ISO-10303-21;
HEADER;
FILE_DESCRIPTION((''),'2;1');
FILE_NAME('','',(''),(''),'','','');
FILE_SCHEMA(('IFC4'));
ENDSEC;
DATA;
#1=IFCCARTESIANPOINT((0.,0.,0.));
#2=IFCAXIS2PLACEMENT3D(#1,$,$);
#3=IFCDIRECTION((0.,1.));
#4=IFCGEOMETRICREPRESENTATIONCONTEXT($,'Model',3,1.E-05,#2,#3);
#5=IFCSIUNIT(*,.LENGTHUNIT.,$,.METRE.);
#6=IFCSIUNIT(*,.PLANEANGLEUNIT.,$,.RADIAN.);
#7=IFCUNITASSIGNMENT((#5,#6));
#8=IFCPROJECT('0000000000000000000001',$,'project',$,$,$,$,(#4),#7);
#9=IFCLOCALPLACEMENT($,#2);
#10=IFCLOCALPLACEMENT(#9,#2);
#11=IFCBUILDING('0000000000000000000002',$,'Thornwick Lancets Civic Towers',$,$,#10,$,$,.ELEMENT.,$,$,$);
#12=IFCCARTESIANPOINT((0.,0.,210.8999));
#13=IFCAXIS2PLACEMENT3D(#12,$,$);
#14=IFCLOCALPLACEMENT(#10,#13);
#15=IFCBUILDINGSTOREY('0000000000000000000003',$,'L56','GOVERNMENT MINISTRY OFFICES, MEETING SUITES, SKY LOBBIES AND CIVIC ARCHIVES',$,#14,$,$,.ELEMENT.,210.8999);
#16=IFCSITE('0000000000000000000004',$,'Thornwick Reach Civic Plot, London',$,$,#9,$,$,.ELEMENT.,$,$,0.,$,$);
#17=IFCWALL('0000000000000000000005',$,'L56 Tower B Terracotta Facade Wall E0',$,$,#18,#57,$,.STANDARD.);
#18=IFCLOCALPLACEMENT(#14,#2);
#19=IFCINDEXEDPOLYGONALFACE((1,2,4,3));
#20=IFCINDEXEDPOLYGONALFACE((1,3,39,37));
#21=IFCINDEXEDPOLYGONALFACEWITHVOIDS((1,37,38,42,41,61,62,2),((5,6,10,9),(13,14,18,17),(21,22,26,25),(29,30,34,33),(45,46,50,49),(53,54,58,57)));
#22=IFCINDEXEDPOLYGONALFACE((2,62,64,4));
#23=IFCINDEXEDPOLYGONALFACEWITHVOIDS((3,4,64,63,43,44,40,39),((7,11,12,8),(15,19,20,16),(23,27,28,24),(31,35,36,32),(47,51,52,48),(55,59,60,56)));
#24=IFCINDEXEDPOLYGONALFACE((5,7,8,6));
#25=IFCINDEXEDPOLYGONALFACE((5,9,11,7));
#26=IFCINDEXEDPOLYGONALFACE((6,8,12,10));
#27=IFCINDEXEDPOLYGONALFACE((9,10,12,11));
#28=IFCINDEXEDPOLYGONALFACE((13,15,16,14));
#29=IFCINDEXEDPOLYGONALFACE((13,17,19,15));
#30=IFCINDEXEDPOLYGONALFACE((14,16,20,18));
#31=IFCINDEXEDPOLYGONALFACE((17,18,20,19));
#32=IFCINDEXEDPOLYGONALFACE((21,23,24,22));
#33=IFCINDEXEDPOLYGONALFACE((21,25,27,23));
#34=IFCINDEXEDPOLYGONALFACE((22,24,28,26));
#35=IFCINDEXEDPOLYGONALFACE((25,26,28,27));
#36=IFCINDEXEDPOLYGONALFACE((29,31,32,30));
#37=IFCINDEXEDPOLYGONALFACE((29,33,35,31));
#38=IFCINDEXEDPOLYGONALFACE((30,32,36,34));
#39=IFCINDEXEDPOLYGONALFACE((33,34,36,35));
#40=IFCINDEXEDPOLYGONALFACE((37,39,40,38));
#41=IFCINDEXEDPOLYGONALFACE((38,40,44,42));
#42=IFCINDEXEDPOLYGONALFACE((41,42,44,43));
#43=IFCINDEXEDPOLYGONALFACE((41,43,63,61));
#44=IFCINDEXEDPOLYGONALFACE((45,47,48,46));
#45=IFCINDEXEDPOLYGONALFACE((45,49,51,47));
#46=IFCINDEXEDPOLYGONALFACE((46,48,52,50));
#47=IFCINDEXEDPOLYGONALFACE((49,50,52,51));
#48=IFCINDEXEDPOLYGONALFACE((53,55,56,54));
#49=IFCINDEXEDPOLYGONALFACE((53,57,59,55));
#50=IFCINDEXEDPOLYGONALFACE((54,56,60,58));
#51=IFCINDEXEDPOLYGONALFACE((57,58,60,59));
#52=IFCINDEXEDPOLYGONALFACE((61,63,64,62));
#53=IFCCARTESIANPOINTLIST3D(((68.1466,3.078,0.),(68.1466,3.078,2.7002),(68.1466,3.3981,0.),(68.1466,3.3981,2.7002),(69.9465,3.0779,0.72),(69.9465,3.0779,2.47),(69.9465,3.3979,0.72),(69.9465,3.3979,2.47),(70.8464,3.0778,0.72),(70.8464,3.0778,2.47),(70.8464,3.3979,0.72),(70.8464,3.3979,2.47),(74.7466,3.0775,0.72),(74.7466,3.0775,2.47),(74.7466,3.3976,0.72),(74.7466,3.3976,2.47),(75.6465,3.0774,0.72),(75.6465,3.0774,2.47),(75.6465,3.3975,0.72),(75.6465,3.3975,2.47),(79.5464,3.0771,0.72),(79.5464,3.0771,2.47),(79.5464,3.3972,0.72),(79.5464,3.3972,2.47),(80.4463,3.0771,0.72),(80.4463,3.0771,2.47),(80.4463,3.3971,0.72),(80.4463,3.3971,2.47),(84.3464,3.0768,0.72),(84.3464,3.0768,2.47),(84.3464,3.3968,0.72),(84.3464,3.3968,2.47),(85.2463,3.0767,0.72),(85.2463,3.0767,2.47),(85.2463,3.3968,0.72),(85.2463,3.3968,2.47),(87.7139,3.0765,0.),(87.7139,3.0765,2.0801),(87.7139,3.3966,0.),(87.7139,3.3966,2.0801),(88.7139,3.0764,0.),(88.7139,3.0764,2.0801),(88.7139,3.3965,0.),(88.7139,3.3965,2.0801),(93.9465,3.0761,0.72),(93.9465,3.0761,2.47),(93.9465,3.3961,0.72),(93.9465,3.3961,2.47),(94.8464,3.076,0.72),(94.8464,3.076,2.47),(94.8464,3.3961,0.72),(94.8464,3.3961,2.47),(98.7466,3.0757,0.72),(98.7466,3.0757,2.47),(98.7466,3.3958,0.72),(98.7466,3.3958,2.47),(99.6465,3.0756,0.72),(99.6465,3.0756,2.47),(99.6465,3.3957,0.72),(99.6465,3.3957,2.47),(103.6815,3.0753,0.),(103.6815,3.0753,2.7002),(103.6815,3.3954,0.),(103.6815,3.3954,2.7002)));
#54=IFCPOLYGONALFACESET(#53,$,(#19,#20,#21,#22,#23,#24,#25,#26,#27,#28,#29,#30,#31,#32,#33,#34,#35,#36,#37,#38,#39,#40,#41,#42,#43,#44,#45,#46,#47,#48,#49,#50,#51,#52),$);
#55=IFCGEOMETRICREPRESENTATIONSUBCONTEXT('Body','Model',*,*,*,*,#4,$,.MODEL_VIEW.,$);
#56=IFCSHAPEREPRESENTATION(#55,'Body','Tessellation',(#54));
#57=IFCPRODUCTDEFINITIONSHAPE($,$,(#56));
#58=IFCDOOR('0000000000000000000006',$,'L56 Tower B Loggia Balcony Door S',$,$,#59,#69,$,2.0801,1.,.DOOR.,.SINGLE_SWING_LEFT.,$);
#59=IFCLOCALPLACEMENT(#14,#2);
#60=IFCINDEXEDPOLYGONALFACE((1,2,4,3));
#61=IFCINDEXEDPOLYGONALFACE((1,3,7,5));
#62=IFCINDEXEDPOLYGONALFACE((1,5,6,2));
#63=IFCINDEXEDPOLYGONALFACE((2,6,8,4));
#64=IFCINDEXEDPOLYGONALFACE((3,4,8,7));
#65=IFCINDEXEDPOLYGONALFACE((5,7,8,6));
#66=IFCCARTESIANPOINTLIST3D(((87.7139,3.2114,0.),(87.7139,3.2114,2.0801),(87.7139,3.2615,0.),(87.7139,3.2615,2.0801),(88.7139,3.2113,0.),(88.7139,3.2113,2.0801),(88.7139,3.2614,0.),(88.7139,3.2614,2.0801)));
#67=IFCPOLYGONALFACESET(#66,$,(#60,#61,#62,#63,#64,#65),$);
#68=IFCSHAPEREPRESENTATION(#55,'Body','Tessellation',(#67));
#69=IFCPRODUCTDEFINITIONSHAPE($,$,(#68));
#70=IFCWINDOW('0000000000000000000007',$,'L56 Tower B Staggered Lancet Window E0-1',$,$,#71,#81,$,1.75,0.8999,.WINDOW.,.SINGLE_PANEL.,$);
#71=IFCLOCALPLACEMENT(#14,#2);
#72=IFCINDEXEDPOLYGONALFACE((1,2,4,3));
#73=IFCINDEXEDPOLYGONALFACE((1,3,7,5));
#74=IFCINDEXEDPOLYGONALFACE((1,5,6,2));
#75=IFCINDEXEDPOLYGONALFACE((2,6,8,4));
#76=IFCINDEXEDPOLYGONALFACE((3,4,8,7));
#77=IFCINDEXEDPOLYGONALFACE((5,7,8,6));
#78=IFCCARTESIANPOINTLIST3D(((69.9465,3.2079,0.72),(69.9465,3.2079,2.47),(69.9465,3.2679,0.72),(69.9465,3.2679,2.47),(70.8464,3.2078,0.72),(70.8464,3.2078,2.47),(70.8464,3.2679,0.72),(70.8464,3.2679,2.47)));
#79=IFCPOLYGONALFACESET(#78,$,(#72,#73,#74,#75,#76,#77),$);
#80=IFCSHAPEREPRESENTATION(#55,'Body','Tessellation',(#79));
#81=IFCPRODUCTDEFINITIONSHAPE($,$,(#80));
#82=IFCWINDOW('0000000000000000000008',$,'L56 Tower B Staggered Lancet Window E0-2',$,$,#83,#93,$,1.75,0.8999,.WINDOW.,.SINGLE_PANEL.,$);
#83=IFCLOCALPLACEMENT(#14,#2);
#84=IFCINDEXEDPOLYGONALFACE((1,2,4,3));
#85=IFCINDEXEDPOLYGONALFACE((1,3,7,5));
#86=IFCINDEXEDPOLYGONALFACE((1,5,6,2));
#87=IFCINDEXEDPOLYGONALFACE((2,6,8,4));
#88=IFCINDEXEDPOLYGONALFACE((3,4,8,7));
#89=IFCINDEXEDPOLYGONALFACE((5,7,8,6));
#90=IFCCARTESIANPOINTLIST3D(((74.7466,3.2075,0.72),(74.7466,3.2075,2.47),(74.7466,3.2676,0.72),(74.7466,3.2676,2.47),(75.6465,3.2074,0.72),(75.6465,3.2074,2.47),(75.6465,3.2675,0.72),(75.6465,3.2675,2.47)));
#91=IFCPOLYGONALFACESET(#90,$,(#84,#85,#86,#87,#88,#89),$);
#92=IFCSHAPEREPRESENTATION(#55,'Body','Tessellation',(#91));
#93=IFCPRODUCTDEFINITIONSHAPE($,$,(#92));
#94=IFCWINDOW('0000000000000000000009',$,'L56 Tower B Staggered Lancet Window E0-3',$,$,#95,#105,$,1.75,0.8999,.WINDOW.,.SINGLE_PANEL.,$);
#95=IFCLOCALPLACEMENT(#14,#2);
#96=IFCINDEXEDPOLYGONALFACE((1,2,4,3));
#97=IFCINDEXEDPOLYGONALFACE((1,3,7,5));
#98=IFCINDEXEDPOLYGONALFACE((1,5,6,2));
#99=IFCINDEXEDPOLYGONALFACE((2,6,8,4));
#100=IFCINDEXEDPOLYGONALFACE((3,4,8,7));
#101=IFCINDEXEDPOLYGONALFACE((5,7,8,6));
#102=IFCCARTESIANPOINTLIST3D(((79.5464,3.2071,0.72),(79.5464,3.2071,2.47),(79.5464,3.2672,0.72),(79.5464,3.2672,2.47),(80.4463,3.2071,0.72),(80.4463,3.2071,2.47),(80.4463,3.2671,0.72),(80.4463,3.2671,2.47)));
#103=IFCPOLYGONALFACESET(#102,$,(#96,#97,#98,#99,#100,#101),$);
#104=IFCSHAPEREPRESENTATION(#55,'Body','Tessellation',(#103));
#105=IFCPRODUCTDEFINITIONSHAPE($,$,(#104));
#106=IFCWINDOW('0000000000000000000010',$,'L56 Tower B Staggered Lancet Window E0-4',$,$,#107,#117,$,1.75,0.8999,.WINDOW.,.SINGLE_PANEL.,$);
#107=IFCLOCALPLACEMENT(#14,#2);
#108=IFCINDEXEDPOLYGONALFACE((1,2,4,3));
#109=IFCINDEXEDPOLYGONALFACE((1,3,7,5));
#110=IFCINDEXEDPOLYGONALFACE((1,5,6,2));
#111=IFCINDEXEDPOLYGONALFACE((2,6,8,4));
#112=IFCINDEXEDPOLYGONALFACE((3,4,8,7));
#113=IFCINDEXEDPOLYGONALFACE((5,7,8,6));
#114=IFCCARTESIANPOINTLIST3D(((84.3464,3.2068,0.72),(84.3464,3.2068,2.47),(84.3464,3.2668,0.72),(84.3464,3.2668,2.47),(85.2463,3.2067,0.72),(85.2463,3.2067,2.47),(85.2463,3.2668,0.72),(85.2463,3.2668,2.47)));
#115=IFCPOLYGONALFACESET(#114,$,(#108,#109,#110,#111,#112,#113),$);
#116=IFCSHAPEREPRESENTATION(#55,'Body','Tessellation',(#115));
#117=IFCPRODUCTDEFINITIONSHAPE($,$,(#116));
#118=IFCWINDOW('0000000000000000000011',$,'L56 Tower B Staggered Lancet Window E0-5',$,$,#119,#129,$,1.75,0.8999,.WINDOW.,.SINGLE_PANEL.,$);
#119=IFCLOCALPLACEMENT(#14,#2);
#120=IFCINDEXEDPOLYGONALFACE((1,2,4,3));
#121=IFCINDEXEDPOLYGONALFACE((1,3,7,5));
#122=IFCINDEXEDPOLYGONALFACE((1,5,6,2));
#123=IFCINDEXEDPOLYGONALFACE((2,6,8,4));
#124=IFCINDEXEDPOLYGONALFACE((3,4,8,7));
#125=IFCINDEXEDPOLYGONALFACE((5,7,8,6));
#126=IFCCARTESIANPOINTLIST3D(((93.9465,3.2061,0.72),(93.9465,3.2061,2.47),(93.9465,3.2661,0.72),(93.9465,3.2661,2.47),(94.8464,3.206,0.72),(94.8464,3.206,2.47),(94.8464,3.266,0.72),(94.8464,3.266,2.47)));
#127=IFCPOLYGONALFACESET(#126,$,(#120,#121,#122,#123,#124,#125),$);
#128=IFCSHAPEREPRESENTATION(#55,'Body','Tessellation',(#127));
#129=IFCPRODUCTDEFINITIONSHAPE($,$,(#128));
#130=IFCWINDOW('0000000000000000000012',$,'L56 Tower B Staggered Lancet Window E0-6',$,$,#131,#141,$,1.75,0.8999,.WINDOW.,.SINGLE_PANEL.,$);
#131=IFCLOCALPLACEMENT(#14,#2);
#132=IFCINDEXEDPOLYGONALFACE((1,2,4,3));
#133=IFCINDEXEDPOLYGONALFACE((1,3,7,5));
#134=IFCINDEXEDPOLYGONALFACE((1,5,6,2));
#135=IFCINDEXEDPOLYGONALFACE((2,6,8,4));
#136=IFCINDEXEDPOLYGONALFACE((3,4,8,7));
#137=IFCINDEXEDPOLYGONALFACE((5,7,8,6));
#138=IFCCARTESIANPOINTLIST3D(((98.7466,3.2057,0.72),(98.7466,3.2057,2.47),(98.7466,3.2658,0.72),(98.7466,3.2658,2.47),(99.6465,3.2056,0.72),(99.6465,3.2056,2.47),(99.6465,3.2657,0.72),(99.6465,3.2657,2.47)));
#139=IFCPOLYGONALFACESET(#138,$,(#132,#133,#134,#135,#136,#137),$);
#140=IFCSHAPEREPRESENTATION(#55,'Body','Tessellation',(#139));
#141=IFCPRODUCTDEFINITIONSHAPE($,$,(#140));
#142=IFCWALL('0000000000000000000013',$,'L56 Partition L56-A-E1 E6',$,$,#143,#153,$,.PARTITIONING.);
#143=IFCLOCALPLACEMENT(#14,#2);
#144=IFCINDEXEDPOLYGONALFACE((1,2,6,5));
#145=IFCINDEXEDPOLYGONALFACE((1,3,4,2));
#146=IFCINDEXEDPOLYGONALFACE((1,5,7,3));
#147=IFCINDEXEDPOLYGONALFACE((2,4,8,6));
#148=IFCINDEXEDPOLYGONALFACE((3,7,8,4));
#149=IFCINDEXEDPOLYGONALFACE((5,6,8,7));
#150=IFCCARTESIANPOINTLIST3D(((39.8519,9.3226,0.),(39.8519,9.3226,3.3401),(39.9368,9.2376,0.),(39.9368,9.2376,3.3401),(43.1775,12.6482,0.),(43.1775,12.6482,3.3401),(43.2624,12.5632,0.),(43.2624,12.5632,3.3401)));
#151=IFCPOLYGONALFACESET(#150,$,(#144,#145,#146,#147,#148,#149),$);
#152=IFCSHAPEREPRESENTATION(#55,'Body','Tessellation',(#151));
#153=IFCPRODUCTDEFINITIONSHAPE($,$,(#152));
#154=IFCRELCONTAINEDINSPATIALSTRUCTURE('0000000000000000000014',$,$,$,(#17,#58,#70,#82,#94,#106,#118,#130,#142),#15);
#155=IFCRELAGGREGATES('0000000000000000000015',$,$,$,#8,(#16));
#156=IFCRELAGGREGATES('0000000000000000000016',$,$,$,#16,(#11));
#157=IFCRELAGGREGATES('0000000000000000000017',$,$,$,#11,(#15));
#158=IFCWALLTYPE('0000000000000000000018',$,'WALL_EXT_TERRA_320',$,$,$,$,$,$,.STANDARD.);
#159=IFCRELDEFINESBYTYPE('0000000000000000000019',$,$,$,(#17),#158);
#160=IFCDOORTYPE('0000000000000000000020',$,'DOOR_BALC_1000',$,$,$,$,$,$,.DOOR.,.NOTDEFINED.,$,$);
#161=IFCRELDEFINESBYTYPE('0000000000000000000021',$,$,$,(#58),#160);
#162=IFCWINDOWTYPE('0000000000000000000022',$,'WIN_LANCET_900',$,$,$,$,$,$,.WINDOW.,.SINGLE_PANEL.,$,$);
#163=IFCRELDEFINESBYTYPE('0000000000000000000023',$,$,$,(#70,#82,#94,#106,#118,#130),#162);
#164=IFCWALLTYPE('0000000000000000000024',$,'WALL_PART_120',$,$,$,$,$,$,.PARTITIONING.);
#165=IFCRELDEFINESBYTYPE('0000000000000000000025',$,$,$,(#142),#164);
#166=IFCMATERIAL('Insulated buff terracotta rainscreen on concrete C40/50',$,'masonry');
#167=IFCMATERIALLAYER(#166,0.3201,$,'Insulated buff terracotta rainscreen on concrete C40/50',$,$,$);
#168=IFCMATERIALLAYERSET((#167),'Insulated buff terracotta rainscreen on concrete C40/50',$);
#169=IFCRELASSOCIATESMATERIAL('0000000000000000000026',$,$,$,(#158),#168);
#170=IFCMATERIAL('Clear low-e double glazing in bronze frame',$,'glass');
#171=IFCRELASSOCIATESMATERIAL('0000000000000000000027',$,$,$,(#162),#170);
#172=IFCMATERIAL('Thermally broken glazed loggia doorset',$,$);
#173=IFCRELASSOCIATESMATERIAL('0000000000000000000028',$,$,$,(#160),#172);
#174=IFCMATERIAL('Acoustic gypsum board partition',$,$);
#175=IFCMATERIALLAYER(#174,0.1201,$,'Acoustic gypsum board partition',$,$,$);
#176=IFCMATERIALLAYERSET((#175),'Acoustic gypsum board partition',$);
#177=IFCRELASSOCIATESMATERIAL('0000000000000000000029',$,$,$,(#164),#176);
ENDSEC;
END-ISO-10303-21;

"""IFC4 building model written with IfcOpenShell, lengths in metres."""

from ifc_helpers import new_model, si_unit, direction, frame, frame_2d, origin, place, context, subcontext, project, spatial, rectangle, extrude, material, layer, layer_set, type_object, element, fill, save


model = new_model("IFC4")

# Units and contexts
model_context = context("Model", 3, precision=1e-05, world=origin(), true_north=direction((0.0, 1.0)))
body_context = subcontext(model_context, "Body", "Model", "MODEL_VIEW")
ifc_project = project(units=[si_unit("LENGTHUNIT", "METRE"), si_unit("PLANEANGLEUNIT", "RADIAN")], contexts=[model_context])

# Site, building, storey
site_placement = place(None, origin())
site = spatial("IfcSite", under=ifc_project, at=site_placement, Name="Thornwick Reach Civic Plot, London", CompositionType="ELEMENT", RefElevation=0.0)
building_placement = place(site_placement, origin())
building = spatial("IfcBuilding", under=site, at=building_placement, Name="Thornwick Lancets Civic Towers", CompositionType="ELEMENT")
storey_placement = place(building_placement, frame((0.0, 0.0, 210.8999)))
storey = spatial("IfcBuildingStorey", under=building, at=storey_placement, Name="L56", Description="GOVERNMENT MINISTRY OFFICES, MEETING SUITES, SKY LOBBIES AND CIVIC ARCHIVES", CompositionType="ELEMENT", Elevation=210.8999)

# Shared definitions
ifc_material_1 = material(Name="Insulated buff terracotta rainscreen on concrete C40/50", Category="masonry")
ifc_layer_1 = layer(ifc_material_1, 0.3201, Name="Insulated buff terracotta rainscreen on concrete C40/50")
ifc_layer_set_1 = layer_set([ifc_layer_1], Name="Insulated buff terracotta rainscreen on concrete C40/50")
wall_type_1 = type_object("IfcWallType", Name="WALL_EXT_TERRA_320", PredefinedType="STANDARD", material=ifc_layer_set_1)
ifc_material_2 = material(Name="Clear low-e double glazing in bronze frame", Category="glass")
window_type = type_object("IfcWindowType", Name="WIN_LANCET_900", PartitioningType="SINGLE_PANEL", PredefinedType="WINDOW", material=ifc_material_2)

# Wall, openings, door, windows
wall_1_placement = place(storey_placement, frame((68.1465, 3.238, 0.0), z_axis=(0.0, 0.0, 1.0), x_axis=(1.0, -0.000076, 0.0)))
wall_1 = element("IfcWall", 1, at=wall_1_placement, inside=storey, type_object=wall_type_1, Name="L56 Tower B Terracotta Facade Wall E0", PredefinedType="STANDARD", context=body_context, shape_type="SweptSolid", body=[
    extrude(rectangle(XDim=35.5349, YDim=0.3201, at=frame_2d((17.7676, 0.0))), origin(), (0.0, 0.0, 1.0), 2.7002),
])
opening_1_placement = place(wall_1_placement, frame((19.5674, 0.0, 0.0)))
opening_1 = element("IfcOpeningElement", 2, at=opening_1_placement, cuts=wall_1, PredefinedType="OPENING", context=body_context, shape_type="SweptSolid", body=[
    extrude(rectangle(XDim=1.0, YDim=2.0801, at=frame_2d((0.5, 1.04))), frame((0.0, 0.1699, 0.0), z_axis=(0.0, -1.0, 0.0), x_axis=(1.0, 0.0, 0.0)), (0.0, 0.0, 1.0), 0.3401),
])
opening_2_placement = place(wall_1_placement, frame((1.8, 0.0, 0.72)))
opening_2 = element("IfcOpeningElement", 3, at=opening_2_placement, cuts=wall_1, PredefinedType="OPENING", context=body_context, shape_type="SweptSolid", body=[
    extrude(rectangle(XDim=0.8999, YDim=1.75, at=frame_2d((0.45, 0.875))), frame((0.0, 0.1699, 0.0), z_axis=(0.0, -1.0, 0.0), x_axis=(1.0, 0.0, 0.0)), (0.0, 0.0, 1.0), 0.3401),
])
opening_3_placement = place(wall_1_placement, frame((6.6001, 0.0, 0.72)))
opening_3 = element("IfcOpeningElement", 4, at=opening_3_placement, cuts=wall_1, PredefinedType="OPENING", context=body_context, shape_type="SweptSolid", body=[
    extrude(rectangle(XDim=0.8999, YDim=1.75, at=frame_2d((0.45, 0.875))), frame((0.0, 0.1699, 0.0), z_axis=(0.0, -1.0, 0.0), x_axis=(1.0, 0.0, 0.0)), (0.0, 0.0, 1.0), 0.3401),
])
opening_4_placement = place(wall_1_placement, frame((11.3999, 0.0, 0.72)))
opening_4 = element("IfcOpeningElement", 5, at=opening_4_placement, cuts=wall_1, PredefinedType="OPENING", context=body_context, shape_type="SweptSolid", body=[
    extrude(rectangle(XDim=0.8999, YDim=1.75, at=frame_2d((0.45, 0.875))), frame((0.0, 0.1699, 0.0), z_axis=(0.0, -1.0, 0.0), x_axis=(1.0, 0.0, 0.0)), (0.0, 0.0, 1.0), 0.3401),
])
opening_5_placement = place(wall_1_placement, frame((16.2, 0.0, 0.72)))
opening_5 = element("IfcOpeningElement", 6, at=opening_5_placement, cuts=wall_1, PredefinedType="OPENING", context=body_context, shape_type="SweptSolid", body=[
    extrude(rectangle(XDim=0.8999, YDim=1.75, at=frame_2d((0.45, 0.875))), frame((0.0, 0.1699, 0.0), z_axis=(0.0, -1.0, 0.0), x_axis=(1.0, 0.0, 0.0)), (0.0, 0.0, 1.0), 0.3401),
])
opening_6_placement = place(wall_1_placement, frame((25.8, 0.0, 0.72)))
opening_6 = element("IfcOpeningElement", 7, at=opening_6_placement, cuts=wall_1, PredefinedType="OPENING", context=body_context, shape_type="SweptSolid", body=[
    extrude(rectangle(XDim=0.8999, YDim=1.75, at=frame_2d((0.45, 0.875))), frame((0.0, 0.1699, 0.0), z_axis=(0.0, -1.0, 0.0), x_axis=(1.0, 0.0, 0.0)), (0.0, 0.0, 1.0), 0.3401),
])
opening_7_placement = place(wall_1_placement, frame((30.6001, 0.0, 0.72)))
opening_7 = element("IfcOpeningElement", 8, at=opening_7_placement, cuts=wall_1, PredefinedType="OPENING", context=body_context, shape_type="SweptSolid", body=[
    extrude(rectangle(XDim=0.8999, YDim=1.75, at=frame_2d((0.45, 0.875))), frame((0.0, 0.1699, 0.0), z_axis=(0.0, -1.0, 0.0), x_axis=(1.0, 0.0, 0.0)), (0.0, 0.0, 1.0), 0.3401),
])
ifc_material_3 = material(Name="Thermally broken glazed loggia doorset")
door_type = type_object("IfcDoorType", Name="DOOR_BALC_1000", OperationType="NOTDEFINED", PredefinedType="DOOR", material=ifc_material_3)
door_placement = place(opening_1_placement, origin())
door = element("IfcDoor", 9, at=door_placement, inside=storey, type_object=door_type, Name="L56 Tower B Loggia Balcony Door S", OperationType="SINGLE_SWING_LEFT", OverallHeight=2.0801, OverallWidth=1.0, PredefinedType="DOOR", context=body_context, shape_type="SweptSolid", body=[
    extrude(rectangle(XDim=1.0, YDim=2.0801, at=frame_2d((0.5, 1.04))), frame((0.0, 0.0249, 0.0), z_axis=(0.0, -1.0, 0.0), x_axis=(1.0, 0.0, 0.0)), (0.0, 0.0, 1.0), 0.05),
])
fill(opening_1, door)
window_1_placement = place(opening_2_placement, origin())
window_1 = element("IfcWindow", 10, at=window_1_placement, inside=storey, type_object=window_type, Name="L56 Tower B Staggered Lancet Window E0-1", OverallHeight=1.75, OverallWidth=0.8999, PartitioningType="SINGLE_PANEL", PredefinedType="WINDOW", context=body_context, shape_type="SweptSolid", body=[
    extrude(rectangle(XDim=0.8999, YDim=1.75, at=frame_2d((0.45, 0.875))), frame((0.0, 0.03, 0.0), z_axis=(0.0, -1.0, 0.0), x_axis=(1.0, 0.0, 0.0)), (0.0, 0.0, 1.0), 0.0601),
])
fill(opening_2, window_1)
window_2_placement = place(opening_3_placement, origin())
window_2 = element("IfcWindow", 11, at=window_2_placement, inside=storey, type_object=window_type, Name="L56 Tower B Staggered Lancet Window E0-2", OverallHeight=1.75, OverallWidth=0.8999, PartitioningType="SINGLE_PANEL", PredefinedType="WINDOW", context=body_context, shape_type="SweptSolid", body=[
    extrude(rectangle(XDim=0.8999, YDim=1.75, at=frame_2d((0.45, 0.875))), frame((0.0, 0.03, 0.0), z_axis=(0.0, -1.0, 0.0), x_axis=(1.0, 0.0, 0.0)), (0.0, 0.0, 1.0), 0.0601),
])
fill(opening_3, window_2)
window_3_placement = place(opening_4_placement, origin())
window_3 = element("IfcWindow", 12, at=window_3_placement, inside=storey, type_object=window_type, Name="L56 Tower B Staggered Lancet Window E0-3", OverallHeight=1.75, OverallWidth=0.8999, PartitioningType="SINGLE_PANEL", PredefinedType="WINDOW", context=body_context, shape_type="SweptSolid", body=[
    extrude(rectangle(XDim=0.8999, YDim=1.75, at=frame_2d((0.45, 0.875))), frame((0.0, 0.03, 0.0), z_axis=(0.0, -1.0, 0.0), x_axis=(1.0, 0.0, 0.0)), (0.0, 0.0, 1.0), 0.0601),
])
fill(opening_4, window_3)
window_4_placement = place(opening_5_placement, origin())
window_4 = element("IfcWindow", 13, at=window_4_placement, inside=storey, type_object=window_type, Name="L56 Tower B Staggered Lancet Window E0-4", OverallHeight=1.75, OverallWidth=0.8999, PartitioningType="SINGLE_PANEL", PredefinedType="WINDOW", context=body_context, shape_type="SweptSolid", body=[
    extrude(rectangle(XDim=0.8999, YDim=1.75, at=frame_2d((0.45, 0.875))), frame((0.0, 0.03, 0.0), z_axis=(0.0, -1.0, 0.0), x_axis=(1.0, 0.0, 0.0)), (0.0, 0.0, 1.0), 0.0601),
])
fill(opening_5, window_4)
window_5_placement = place(opening_6_placement, origin())
window_5 = element("IfcWindow", 14, at=window_5_placement, inside=storey, type_object=window_type, Name="L56 Tower B Staggered Lancet Window E0-5", OverallHeight=1.75, OverallWidth=0.8999, PartitioningType="SINGLE_PANEL", PredefinedType="WINDOW", context=body_context, shape_type="SweptSolid", body=[
    extrude(rectangle(XDim=0.8999, YDim=1.75, at=frame_2d((0.45, 0.875))), frame((0.0, 0.03, 0.0), z_axis=(0.0, -1.0, 0.0), x_axis=(1.0, 0.0, 0.0)), (0.0, 0.0, 1.0), 0.0601),
])
fill(opening_6, window_5)
window_6_placement = place(opening_7_placement, origin())
window_6 = element("IfcWindow", 15, at=window_6_placement, inside=storey, type_object=window_type, Name="L56 Tower B Staggered Lancet Window E0-6", OverallHeight=1.75, OverallWidth=0.8999, PartitioningType="SINGLE_PANEL", PredefinedType="WINDOW", context=body_context, shape_type="SweptSolid", body=[
    extrude(rectangle(XDim=0.8999, YDim=1.75, at=frame_2d((0.45, 0.875))), frame((0.0, 0.03, 0.0), z_axis=(0.0, -1.0, 0.0), x_axis=(1.0, 0.0, 0.0)), (0.0, 0.0, 1.0), 0.0601),
])
fill(opening_7, window_6)

# Wall
ifc_material_4 = material(Name="Acoustic gypsum board partition")
ifc_layer_2 = layer(ifc_material_4, 0.1201, Name="Acoustic gypsum board partition")
ifc_layer_set_2 = layer_set([ifc_layer_2], Name="Acoustic gypsum board partition")
wall_type_2 = type_object("IfcWallType", Name="WALL_PART_120", PredefinedType="PARTITIONING", material=ifc_layer_set_2)
wall_2_placement = place(storey_placement, frame((43.22, 12.6057, 0.0), z_axis=(0.0, 0.0, 1.0), x_axis=(-0.707107, -0.707107, 0.0)))
element("IfcWall", 16, at=wall_2_placement, inside=storey, type_object=wall_type_2, Name="L56 Partition L56-A-E1 E6", PredefinedType="PARTITIONING", context=body_context, shape_type="SweptSolid", body=[
    extrude(rectangle(XDim=4.7031, YDim=0.1201, at=frame_2d((2.3516, 0.0))), origin(), (0.0, 0.0, 1.0), 3.3401),
])

save(model, "model.ifc")
